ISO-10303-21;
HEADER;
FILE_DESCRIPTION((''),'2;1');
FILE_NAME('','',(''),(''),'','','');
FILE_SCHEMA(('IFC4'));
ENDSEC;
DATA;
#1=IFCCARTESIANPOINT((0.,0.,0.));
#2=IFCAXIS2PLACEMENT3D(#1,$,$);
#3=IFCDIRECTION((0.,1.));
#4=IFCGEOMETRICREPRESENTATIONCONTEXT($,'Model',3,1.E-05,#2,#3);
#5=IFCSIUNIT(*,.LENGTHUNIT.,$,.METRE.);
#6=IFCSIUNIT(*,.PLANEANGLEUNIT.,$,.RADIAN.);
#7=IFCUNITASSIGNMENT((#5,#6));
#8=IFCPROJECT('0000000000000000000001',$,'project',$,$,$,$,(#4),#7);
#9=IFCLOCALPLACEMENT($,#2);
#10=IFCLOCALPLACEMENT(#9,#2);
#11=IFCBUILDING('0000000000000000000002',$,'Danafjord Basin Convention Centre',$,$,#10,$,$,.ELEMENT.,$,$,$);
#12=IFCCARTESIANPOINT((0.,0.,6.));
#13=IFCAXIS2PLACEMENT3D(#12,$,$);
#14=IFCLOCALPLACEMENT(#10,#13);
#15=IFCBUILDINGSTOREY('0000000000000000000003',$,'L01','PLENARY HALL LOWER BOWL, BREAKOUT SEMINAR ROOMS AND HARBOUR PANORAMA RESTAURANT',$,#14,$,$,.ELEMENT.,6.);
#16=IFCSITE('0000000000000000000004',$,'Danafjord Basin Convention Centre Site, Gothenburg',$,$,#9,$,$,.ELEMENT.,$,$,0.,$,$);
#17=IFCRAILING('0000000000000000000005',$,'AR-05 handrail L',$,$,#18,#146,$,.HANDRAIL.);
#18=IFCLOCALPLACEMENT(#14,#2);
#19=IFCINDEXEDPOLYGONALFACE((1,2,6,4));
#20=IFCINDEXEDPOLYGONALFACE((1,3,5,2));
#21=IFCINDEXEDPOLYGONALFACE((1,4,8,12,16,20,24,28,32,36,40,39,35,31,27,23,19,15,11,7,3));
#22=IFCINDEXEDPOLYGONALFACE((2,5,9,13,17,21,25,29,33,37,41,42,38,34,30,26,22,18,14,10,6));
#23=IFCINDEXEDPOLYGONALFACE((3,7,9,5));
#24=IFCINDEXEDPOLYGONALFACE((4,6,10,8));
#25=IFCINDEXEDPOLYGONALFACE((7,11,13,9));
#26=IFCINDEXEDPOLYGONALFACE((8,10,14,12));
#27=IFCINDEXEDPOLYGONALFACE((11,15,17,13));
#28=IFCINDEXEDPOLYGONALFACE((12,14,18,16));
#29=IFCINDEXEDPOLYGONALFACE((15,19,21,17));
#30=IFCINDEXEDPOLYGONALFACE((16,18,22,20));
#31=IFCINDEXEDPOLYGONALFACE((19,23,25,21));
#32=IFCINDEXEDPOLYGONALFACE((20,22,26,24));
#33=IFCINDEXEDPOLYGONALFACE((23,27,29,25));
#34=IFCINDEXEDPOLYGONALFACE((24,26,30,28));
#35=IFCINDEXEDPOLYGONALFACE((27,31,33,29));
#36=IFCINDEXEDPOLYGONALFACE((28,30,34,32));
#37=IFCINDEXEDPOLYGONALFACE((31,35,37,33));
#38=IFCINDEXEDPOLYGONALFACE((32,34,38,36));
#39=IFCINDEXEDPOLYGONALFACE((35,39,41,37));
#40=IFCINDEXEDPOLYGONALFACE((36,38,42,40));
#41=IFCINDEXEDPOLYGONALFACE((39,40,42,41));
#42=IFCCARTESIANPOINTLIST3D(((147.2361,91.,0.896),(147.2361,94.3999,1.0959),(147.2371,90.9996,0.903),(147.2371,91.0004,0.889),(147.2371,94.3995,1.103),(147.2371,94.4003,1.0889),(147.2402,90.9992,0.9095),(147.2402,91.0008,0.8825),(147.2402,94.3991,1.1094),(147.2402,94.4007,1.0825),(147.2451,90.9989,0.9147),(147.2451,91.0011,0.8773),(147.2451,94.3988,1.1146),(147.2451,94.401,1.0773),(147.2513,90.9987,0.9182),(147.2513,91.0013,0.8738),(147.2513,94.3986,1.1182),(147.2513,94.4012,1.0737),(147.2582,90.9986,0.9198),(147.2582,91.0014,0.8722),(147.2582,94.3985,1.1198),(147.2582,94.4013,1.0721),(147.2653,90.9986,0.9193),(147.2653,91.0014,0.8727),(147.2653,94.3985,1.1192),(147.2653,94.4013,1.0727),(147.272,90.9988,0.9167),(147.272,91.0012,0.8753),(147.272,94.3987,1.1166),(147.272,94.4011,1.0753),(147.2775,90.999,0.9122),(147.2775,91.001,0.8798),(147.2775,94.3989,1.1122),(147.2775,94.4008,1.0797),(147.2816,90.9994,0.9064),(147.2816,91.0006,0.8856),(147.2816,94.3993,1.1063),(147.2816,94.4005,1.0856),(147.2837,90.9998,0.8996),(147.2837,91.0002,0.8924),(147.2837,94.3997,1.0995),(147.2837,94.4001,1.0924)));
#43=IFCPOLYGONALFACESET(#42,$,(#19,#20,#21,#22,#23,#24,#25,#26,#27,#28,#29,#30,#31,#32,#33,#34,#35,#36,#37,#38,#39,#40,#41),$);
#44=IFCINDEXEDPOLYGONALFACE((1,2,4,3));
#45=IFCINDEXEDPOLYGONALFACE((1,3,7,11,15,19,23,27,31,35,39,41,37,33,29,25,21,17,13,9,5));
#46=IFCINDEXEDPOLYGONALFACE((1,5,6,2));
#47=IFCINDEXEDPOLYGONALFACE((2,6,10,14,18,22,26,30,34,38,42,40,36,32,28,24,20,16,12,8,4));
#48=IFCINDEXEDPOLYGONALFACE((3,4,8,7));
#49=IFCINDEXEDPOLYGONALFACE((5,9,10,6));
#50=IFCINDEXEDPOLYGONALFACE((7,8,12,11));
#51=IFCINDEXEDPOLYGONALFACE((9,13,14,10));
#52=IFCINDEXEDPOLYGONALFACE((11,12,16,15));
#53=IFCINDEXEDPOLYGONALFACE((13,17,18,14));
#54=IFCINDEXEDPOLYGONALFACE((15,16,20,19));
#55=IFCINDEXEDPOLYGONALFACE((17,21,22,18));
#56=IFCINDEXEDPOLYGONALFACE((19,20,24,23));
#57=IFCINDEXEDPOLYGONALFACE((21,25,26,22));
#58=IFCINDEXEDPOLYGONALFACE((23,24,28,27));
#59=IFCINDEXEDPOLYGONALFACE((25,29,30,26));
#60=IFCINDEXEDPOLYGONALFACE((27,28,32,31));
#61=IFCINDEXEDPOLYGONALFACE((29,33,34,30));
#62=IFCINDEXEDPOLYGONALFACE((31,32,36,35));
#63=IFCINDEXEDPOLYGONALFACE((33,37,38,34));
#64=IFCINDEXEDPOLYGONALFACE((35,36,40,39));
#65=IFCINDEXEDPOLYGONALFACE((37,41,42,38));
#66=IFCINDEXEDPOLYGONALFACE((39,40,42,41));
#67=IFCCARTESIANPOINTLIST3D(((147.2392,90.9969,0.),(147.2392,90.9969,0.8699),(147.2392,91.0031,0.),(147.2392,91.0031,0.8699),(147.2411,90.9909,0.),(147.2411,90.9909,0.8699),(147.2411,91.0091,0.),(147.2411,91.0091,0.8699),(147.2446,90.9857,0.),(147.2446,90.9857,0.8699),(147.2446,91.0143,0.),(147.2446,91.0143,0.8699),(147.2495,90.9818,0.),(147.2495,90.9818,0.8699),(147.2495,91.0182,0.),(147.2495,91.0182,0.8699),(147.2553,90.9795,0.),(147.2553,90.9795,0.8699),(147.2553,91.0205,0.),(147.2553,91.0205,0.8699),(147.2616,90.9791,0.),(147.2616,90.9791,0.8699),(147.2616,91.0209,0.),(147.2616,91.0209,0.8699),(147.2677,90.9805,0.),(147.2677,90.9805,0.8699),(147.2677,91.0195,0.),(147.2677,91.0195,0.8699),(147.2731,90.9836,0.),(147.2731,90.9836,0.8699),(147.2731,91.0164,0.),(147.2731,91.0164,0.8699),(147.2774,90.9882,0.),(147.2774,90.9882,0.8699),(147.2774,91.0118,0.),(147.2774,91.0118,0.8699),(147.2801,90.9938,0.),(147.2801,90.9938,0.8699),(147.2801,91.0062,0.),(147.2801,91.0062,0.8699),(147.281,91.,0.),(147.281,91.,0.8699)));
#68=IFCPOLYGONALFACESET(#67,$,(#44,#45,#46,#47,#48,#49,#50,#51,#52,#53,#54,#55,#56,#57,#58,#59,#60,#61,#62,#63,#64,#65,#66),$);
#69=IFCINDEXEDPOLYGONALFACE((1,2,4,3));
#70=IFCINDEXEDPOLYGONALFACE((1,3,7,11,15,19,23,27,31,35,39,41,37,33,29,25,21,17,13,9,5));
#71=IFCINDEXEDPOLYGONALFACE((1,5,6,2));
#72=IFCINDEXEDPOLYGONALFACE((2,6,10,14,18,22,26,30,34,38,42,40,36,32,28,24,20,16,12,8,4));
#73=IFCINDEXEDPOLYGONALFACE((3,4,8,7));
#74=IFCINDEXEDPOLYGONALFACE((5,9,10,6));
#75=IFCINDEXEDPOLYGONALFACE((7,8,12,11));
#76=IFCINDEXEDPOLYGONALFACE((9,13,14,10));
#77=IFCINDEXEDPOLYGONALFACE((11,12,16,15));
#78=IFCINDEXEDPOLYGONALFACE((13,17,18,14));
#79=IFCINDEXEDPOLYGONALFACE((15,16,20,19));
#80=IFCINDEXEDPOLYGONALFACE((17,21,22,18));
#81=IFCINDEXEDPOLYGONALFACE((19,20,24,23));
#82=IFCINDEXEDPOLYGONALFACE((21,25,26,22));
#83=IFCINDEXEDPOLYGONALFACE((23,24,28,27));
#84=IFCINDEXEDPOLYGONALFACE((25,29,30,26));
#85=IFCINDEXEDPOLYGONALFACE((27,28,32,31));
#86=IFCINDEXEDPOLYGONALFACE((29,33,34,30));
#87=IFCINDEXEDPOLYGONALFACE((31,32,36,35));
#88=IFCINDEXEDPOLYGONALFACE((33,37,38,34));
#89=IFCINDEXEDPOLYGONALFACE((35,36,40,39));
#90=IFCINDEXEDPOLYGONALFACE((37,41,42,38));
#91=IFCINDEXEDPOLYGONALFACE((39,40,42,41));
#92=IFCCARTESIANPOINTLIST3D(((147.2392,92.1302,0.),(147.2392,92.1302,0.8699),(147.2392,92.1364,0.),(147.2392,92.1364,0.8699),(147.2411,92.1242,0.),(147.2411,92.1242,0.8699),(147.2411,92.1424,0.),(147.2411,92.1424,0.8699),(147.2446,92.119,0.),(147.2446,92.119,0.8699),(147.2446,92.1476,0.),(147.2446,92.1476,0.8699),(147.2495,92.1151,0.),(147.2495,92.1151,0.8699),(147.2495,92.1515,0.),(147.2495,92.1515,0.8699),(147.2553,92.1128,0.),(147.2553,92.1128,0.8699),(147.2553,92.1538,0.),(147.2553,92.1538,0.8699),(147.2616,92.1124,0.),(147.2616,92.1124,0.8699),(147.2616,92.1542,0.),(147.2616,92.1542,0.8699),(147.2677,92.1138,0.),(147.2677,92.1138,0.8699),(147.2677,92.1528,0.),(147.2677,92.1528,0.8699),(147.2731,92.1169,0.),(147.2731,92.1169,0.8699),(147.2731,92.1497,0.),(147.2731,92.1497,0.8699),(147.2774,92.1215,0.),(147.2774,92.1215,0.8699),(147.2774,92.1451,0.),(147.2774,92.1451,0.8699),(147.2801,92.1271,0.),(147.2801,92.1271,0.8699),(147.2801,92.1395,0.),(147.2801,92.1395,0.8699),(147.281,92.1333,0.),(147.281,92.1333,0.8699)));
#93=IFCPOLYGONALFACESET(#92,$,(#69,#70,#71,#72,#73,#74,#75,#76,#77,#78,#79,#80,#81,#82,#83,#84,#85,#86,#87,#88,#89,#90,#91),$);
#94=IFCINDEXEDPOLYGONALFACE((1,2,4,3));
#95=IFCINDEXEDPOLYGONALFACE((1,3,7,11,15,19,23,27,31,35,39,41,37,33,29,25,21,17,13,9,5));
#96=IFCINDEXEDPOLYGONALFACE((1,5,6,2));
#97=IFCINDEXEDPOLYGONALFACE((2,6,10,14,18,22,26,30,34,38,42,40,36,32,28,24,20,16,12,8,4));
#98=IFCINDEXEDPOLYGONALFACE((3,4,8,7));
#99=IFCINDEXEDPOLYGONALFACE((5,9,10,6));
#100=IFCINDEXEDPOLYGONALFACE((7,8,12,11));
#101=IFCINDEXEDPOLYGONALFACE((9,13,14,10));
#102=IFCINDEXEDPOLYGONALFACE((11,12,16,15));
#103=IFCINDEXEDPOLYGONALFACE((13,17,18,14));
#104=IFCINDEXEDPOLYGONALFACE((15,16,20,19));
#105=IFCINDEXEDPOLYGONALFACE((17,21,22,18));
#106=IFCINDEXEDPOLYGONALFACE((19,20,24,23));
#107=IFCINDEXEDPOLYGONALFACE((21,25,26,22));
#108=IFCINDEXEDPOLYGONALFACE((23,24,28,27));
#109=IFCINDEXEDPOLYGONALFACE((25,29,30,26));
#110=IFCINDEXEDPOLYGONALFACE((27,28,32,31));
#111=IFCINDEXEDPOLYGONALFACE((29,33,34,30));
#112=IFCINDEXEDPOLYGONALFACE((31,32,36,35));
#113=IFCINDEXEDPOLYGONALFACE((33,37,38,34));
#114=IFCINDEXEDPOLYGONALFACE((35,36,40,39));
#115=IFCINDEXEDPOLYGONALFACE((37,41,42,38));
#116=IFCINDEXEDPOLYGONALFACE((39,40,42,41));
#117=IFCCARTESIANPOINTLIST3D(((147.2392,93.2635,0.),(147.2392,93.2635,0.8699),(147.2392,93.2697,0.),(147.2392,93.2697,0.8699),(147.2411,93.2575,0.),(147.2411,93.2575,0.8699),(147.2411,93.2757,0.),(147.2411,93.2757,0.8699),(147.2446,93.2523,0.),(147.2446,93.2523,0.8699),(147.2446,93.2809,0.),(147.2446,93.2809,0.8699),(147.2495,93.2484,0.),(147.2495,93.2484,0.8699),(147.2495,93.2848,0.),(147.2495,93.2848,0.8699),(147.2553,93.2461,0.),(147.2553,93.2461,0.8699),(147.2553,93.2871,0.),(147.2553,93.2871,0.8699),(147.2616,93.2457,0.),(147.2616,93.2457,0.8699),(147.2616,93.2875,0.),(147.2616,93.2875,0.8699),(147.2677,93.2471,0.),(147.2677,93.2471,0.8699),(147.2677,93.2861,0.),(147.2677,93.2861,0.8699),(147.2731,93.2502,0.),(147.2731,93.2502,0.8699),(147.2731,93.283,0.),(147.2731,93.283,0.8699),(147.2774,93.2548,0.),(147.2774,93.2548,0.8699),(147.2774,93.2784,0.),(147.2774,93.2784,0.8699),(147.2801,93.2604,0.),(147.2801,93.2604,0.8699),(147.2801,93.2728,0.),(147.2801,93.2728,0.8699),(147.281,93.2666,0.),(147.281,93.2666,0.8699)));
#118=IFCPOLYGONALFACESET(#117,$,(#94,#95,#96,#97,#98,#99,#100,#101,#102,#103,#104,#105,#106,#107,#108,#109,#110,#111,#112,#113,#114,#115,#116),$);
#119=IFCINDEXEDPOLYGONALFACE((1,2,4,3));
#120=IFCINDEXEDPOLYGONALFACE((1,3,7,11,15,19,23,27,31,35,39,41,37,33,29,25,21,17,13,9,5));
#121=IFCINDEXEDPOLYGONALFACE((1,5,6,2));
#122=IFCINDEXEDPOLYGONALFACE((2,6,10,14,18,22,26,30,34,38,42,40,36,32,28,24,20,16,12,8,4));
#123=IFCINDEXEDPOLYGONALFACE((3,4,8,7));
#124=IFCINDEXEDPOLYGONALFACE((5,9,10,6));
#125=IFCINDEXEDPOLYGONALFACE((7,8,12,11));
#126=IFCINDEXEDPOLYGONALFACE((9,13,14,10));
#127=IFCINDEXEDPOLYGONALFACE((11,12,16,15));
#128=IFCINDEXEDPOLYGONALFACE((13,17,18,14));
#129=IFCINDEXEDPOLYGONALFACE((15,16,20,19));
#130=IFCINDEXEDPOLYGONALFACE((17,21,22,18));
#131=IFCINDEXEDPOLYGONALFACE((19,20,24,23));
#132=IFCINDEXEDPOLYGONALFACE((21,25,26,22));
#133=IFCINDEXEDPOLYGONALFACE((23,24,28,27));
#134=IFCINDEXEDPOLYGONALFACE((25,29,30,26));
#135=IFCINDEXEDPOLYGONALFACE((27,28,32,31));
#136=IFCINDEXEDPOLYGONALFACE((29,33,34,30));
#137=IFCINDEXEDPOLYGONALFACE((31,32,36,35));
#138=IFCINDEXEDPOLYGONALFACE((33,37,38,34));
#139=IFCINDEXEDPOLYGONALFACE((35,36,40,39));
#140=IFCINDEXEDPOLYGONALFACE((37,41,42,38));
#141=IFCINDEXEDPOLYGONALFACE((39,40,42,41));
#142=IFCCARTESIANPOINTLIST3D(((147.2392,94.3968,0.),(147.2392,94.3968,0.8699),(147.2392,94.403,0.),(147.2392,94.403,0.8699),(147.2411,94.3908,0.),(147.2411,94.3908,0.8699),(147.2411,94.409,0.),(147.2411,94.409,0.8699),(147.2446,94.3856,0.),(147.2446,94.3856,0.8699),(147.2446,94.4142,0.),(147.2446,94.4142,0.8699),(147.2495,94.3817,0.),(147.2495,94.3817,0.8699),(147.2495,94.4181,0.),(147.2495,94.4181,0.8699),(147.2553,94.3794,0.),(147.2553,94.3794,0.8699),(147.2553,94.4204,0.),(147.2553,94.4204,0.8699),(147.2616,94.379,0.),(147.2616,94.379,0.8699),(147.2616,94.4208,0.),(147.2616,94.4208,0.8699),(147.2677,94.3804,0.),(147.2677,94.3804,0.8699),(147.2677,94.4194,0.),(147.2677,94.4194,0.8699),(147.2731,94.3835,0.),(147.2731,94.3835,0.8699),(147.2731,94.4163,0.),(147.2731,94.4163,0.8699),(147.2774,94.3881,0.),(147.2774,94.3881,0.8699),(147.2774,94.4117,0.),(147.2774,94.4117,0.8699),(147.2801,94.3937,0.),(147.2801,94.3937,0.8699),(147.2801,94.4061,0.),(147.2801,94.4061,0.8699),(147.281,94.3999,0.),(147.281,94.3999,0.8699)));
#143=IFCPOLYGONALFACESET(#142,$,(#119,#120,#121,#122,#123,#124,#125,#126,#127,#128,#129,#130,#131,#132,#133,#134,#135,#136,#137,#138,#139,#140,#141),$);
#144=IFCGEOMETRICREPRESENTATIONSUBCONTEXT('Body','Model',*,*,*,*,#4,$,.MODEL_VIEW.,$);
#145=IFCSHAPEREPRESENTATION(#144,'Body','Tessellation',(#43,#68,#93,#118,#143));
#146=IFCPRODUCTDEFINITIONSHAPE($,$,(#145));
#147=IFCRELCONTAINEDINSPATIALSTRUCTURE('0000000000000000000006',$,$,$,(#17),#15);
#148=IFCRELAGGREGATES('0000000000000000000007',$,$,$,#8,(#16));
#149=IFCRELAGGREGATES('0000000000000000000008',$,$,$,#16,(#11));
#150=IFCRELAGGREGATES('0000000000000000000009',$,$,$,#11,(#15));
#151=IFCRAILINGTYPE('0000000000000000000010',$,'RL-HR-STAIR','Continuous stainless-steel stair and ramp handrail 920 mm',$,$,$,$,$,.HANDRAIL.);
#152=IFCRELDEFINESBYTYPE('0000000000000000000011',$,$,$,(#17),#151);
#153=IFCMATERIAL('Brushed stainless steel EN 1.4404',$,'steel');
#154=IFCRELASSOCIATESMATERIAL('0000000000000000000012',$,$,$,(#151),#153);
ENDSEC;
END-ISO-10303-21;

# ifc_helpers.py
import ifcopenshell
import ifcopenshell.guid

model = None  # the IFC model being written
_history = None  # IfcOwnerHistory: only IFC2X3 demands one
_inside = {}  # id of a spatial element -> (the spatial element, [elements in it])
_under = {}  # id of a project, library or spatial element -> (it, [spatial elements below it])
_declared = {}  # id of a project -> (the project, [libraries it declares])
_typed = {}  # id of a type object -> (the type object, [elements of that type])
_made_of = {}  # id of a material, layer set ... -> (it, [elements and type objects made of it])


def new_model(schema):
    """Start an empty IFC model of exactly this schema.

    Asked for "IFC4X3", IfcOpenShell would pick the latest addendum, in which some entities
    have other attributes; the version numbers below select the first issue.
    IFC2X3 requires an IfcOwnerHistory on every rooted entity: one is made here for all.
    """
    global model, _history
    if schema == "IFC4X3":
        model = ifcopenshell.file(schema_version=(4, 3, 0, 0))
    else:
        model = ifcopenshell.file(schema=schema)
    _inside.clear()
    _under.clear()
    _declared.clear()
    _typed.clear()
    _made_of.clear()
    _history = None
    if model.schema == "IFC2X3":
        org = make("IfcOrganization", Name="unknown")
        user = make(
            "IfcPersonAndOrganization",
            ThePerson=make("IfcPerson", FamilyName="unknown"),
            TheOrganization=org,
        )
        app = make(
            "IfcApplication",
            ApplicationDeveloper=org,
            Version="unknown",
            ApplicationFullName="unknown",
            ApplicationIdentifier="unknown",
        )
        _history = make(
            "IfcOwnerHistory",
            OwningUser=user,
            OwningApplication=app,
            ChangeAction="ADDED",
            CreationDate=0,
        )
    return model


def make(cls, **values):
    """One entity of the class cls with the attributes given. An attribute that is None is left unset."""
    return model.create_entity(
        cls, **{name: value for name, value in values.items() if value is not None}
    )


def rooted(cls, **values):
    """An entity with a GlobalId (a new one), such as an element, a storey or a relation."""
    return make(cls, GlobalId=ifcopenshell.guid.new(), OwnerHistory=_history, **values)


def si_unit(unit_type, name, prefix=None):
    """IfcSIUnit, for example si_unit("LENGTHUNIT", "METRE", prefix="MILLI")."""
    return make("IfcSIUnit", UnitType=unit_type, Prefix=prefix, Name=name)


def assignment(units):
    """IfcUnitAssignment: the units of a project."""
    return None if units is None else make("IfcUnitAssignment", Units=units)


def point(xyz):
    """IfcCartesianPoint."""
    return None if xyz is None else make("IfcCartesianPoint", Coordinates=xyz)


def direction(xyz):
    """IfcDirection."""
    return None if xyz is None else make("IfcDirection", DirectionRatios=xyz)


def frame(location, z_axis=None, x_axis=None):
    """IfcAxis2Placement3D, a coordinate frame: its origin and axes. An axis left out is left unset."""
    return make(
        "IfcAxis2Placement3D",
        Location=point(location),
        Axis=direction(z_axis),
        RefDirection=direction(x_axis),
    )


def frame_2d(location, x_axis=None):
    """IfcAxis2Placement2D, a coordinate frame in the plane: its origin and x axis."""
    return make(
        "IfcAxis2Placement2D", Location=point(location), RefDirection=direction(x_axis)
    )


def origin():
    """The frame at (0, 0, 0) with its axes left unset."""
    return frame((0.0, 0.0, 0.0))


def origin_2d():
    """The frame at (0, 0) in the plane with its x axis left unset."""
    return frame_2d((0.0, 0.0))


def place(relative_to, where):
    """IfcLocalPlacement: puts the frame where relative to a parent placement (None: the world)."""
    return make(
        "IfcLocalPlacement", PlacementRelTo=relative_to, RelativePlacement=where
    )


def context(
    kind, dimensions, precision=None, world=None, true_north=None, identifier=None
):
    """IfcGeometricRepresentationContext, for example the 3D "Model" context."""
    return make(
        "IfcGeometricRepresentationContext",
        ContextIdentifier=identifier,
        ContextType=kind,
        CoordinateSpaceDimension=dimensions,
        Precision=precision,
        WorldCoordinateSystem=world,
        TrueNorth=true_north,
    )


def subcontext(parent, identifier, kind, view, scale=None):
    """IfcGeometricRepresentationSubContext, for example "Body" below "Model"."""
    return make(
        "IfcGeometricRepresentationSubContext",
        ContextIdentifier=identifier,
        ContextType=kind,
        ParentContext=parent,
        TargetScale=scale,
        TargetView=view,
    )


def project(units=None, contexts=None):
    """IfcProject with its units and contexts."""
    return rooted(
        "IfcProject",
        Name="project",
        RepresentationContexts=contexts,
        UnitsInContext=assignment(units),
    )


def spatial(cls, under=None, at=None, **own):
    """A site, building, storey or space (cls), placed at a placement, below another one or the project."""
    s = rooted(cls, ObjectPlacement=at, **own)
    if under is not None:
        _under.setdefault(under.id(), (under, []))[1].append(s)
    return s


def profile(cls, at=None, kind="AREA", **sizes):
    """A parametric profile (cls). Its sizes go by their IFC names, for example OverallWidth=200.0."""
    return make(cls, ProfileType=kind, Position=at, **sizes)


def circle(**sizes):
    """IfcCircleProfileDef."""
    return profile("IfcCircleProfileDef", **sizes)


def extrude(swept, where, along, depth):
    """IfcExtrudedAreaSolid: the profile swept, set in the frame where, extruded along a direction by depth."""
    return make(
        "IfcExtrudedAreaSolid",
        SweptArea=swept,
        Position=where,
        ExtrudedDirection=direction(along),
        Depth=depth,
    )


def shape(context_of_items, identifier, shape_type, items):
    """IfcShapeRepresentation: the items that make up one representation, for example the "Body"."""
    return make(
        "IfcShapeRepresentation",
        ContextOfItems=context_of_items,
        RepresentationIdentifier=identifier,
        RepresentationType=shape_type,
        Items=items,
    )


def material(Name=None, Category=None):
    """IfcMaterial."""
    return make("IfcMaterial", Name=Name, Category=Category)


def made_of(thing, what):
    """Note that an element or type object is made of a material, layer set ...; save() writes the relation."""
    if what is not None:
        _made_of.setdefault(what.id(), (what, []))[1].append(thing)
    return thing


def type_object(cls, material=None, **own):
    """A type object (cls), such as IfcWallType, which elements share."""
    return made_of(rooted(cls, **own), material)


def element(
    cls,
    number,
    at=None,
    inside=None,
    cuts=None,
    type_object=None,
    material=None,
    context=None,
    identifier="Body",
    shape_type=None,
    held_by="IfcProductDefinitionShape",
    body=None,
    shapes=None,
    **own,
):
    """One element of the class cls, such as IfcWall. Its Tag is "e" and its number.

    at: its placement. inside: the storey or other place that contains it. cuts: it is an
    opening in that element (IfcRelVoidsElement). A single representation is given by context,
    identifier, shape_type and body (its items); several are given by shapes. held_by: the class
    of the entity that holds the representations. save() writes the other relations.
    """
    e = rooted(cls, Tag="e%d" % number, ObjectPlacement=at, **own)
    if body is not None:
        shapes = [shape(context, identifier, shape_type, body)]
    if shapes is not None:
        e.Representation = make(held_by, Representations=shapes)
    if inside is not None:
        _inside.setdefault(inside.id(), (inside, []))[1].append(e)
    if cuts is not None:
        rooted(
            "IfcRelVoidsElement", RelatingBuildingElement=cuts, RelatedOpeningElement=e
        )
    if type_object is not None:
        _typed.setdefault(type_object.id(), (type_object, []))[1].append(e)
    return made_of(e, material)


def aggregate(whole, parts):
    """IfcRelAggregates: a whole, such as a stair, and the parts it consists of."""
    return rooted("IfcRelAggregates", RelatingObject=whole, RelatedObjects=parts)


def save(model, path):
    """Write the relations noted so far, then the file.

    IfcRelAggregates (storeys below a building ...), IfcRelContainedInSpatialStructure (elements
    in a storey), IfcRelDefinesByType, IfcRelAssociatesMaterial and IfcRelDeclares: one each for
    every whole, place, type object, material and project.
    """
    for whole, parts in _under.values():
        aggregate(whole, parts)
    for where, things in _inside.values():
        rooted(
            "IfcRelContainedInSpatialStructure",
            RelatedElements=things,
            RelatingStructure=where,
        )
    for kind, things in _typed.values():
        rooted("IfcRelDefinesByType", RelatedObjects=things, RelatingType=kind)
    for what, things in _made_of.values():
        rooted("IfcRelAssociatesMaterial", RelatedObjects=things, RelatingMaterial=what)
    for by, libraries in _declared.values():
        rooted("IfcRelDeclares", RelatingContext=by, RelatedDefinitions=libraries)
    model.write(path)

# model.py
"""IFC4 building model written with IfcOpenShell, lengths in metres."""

from ifc_helpers import new_model, si_unit, direction, frame, origin, origin_2d, place, context, subcontext, project, spatial, circle, extrude, material, type_object, element, save


model = new_model("IFC4")

# Units and contexts
model_context = context("Model", 3, precision=1e-05, world=origin(), true_north=direction((0.0, 1.0)))
body_context = subcontext(model_context, "Body", "Model", "MODEL_VIEW")
ifc_project = project(units=[si_unit("LENGTHUNIT", "METRE"), si_unit("PLANEANGLEUNIT", "RADIAN")], contexts=[model_context])

# Site, building, storey
site_placement = place(None, origin())
site = spatial("IfcSite", under=ifc_project, at=site_placement, Name="Danafjord Basin Convention Centre Site, Gothenburg", CompositionType="ELEMENT", RefElevation=0.0)
building_placement = place(site_placement, origin())
building = spatial("IfcBuilding", under=site, at=building_placement, Name="Danafjord Basin Convention Centre", CompositionType="ELEMENT")
storey_placement = place(building_placement, frame((0.0, 0.0, 6.0)))
storey = spatial("IfcBuildingStorey", under=building, at=storey_placement, Name="L01", Description="PLENARY HALL LOWER BOWL, BREAKOUT SEMINAR ROOMS AND HARBOUR PANORAMA RESTAURANT", CompositionType="ELEMENT", Elevation=6.0)

# Railing
ifc_material_1 = material(Name="Brushed stainless steel EN 1.4404", Category="steel")
railing_type_1 = type_object("IfcRailingType", Name="RL-HR-STAIR", Description="Continuous stainless-steel stair and ramp handrail 920 mm", PredefinedType="HANDRAIL", material=ifc_material_1)
for number, where, name in (
    (1, (147.26, 91.0, 0.0), "AR-05 handrail L"),
):
    element("IfcRailing", number, at=place(storey_placement, frame(where)), inside=storey, type_object=railing_type_1, Name=name, PredefinedType="HANDRAIL", context=body_context, shape_type="SweptSolid", body=[
        extrude(circle(Radius=0.0239, at=origin_2d()), frame((0.0, 0.0, 0.896), z_axis=(0.0, 0.998275, 0.058709), x_axis=(-1.0, 0.0, 0.0)), (0.0, 0.0, 1.0), 3.4058),
        extrude(circle(Radius=0.021, at=origin_2d()), origin(), (0.0, 0.0, 1.0), 0.8699),
        extrude(circle(Radius=0.021, at=origin_2d()), frame((0.0, 1.1333, 0.0)), (0.0, 0.0, 1.0), 0.8699),
        extrude(circle(Radius=0.021, at=origin_2d()), frame((0.0, 2.2666, 0.0)), (0.0, 0.0, 1.0), 0.8699),
        extrude(circle(Radius=0.021, at=origin_2d()), frame((0.0, 3.3999, 0.0)), (0.0, 0.0, 1.0), 0.8699),
    ])

save(model, "model.ifc")
